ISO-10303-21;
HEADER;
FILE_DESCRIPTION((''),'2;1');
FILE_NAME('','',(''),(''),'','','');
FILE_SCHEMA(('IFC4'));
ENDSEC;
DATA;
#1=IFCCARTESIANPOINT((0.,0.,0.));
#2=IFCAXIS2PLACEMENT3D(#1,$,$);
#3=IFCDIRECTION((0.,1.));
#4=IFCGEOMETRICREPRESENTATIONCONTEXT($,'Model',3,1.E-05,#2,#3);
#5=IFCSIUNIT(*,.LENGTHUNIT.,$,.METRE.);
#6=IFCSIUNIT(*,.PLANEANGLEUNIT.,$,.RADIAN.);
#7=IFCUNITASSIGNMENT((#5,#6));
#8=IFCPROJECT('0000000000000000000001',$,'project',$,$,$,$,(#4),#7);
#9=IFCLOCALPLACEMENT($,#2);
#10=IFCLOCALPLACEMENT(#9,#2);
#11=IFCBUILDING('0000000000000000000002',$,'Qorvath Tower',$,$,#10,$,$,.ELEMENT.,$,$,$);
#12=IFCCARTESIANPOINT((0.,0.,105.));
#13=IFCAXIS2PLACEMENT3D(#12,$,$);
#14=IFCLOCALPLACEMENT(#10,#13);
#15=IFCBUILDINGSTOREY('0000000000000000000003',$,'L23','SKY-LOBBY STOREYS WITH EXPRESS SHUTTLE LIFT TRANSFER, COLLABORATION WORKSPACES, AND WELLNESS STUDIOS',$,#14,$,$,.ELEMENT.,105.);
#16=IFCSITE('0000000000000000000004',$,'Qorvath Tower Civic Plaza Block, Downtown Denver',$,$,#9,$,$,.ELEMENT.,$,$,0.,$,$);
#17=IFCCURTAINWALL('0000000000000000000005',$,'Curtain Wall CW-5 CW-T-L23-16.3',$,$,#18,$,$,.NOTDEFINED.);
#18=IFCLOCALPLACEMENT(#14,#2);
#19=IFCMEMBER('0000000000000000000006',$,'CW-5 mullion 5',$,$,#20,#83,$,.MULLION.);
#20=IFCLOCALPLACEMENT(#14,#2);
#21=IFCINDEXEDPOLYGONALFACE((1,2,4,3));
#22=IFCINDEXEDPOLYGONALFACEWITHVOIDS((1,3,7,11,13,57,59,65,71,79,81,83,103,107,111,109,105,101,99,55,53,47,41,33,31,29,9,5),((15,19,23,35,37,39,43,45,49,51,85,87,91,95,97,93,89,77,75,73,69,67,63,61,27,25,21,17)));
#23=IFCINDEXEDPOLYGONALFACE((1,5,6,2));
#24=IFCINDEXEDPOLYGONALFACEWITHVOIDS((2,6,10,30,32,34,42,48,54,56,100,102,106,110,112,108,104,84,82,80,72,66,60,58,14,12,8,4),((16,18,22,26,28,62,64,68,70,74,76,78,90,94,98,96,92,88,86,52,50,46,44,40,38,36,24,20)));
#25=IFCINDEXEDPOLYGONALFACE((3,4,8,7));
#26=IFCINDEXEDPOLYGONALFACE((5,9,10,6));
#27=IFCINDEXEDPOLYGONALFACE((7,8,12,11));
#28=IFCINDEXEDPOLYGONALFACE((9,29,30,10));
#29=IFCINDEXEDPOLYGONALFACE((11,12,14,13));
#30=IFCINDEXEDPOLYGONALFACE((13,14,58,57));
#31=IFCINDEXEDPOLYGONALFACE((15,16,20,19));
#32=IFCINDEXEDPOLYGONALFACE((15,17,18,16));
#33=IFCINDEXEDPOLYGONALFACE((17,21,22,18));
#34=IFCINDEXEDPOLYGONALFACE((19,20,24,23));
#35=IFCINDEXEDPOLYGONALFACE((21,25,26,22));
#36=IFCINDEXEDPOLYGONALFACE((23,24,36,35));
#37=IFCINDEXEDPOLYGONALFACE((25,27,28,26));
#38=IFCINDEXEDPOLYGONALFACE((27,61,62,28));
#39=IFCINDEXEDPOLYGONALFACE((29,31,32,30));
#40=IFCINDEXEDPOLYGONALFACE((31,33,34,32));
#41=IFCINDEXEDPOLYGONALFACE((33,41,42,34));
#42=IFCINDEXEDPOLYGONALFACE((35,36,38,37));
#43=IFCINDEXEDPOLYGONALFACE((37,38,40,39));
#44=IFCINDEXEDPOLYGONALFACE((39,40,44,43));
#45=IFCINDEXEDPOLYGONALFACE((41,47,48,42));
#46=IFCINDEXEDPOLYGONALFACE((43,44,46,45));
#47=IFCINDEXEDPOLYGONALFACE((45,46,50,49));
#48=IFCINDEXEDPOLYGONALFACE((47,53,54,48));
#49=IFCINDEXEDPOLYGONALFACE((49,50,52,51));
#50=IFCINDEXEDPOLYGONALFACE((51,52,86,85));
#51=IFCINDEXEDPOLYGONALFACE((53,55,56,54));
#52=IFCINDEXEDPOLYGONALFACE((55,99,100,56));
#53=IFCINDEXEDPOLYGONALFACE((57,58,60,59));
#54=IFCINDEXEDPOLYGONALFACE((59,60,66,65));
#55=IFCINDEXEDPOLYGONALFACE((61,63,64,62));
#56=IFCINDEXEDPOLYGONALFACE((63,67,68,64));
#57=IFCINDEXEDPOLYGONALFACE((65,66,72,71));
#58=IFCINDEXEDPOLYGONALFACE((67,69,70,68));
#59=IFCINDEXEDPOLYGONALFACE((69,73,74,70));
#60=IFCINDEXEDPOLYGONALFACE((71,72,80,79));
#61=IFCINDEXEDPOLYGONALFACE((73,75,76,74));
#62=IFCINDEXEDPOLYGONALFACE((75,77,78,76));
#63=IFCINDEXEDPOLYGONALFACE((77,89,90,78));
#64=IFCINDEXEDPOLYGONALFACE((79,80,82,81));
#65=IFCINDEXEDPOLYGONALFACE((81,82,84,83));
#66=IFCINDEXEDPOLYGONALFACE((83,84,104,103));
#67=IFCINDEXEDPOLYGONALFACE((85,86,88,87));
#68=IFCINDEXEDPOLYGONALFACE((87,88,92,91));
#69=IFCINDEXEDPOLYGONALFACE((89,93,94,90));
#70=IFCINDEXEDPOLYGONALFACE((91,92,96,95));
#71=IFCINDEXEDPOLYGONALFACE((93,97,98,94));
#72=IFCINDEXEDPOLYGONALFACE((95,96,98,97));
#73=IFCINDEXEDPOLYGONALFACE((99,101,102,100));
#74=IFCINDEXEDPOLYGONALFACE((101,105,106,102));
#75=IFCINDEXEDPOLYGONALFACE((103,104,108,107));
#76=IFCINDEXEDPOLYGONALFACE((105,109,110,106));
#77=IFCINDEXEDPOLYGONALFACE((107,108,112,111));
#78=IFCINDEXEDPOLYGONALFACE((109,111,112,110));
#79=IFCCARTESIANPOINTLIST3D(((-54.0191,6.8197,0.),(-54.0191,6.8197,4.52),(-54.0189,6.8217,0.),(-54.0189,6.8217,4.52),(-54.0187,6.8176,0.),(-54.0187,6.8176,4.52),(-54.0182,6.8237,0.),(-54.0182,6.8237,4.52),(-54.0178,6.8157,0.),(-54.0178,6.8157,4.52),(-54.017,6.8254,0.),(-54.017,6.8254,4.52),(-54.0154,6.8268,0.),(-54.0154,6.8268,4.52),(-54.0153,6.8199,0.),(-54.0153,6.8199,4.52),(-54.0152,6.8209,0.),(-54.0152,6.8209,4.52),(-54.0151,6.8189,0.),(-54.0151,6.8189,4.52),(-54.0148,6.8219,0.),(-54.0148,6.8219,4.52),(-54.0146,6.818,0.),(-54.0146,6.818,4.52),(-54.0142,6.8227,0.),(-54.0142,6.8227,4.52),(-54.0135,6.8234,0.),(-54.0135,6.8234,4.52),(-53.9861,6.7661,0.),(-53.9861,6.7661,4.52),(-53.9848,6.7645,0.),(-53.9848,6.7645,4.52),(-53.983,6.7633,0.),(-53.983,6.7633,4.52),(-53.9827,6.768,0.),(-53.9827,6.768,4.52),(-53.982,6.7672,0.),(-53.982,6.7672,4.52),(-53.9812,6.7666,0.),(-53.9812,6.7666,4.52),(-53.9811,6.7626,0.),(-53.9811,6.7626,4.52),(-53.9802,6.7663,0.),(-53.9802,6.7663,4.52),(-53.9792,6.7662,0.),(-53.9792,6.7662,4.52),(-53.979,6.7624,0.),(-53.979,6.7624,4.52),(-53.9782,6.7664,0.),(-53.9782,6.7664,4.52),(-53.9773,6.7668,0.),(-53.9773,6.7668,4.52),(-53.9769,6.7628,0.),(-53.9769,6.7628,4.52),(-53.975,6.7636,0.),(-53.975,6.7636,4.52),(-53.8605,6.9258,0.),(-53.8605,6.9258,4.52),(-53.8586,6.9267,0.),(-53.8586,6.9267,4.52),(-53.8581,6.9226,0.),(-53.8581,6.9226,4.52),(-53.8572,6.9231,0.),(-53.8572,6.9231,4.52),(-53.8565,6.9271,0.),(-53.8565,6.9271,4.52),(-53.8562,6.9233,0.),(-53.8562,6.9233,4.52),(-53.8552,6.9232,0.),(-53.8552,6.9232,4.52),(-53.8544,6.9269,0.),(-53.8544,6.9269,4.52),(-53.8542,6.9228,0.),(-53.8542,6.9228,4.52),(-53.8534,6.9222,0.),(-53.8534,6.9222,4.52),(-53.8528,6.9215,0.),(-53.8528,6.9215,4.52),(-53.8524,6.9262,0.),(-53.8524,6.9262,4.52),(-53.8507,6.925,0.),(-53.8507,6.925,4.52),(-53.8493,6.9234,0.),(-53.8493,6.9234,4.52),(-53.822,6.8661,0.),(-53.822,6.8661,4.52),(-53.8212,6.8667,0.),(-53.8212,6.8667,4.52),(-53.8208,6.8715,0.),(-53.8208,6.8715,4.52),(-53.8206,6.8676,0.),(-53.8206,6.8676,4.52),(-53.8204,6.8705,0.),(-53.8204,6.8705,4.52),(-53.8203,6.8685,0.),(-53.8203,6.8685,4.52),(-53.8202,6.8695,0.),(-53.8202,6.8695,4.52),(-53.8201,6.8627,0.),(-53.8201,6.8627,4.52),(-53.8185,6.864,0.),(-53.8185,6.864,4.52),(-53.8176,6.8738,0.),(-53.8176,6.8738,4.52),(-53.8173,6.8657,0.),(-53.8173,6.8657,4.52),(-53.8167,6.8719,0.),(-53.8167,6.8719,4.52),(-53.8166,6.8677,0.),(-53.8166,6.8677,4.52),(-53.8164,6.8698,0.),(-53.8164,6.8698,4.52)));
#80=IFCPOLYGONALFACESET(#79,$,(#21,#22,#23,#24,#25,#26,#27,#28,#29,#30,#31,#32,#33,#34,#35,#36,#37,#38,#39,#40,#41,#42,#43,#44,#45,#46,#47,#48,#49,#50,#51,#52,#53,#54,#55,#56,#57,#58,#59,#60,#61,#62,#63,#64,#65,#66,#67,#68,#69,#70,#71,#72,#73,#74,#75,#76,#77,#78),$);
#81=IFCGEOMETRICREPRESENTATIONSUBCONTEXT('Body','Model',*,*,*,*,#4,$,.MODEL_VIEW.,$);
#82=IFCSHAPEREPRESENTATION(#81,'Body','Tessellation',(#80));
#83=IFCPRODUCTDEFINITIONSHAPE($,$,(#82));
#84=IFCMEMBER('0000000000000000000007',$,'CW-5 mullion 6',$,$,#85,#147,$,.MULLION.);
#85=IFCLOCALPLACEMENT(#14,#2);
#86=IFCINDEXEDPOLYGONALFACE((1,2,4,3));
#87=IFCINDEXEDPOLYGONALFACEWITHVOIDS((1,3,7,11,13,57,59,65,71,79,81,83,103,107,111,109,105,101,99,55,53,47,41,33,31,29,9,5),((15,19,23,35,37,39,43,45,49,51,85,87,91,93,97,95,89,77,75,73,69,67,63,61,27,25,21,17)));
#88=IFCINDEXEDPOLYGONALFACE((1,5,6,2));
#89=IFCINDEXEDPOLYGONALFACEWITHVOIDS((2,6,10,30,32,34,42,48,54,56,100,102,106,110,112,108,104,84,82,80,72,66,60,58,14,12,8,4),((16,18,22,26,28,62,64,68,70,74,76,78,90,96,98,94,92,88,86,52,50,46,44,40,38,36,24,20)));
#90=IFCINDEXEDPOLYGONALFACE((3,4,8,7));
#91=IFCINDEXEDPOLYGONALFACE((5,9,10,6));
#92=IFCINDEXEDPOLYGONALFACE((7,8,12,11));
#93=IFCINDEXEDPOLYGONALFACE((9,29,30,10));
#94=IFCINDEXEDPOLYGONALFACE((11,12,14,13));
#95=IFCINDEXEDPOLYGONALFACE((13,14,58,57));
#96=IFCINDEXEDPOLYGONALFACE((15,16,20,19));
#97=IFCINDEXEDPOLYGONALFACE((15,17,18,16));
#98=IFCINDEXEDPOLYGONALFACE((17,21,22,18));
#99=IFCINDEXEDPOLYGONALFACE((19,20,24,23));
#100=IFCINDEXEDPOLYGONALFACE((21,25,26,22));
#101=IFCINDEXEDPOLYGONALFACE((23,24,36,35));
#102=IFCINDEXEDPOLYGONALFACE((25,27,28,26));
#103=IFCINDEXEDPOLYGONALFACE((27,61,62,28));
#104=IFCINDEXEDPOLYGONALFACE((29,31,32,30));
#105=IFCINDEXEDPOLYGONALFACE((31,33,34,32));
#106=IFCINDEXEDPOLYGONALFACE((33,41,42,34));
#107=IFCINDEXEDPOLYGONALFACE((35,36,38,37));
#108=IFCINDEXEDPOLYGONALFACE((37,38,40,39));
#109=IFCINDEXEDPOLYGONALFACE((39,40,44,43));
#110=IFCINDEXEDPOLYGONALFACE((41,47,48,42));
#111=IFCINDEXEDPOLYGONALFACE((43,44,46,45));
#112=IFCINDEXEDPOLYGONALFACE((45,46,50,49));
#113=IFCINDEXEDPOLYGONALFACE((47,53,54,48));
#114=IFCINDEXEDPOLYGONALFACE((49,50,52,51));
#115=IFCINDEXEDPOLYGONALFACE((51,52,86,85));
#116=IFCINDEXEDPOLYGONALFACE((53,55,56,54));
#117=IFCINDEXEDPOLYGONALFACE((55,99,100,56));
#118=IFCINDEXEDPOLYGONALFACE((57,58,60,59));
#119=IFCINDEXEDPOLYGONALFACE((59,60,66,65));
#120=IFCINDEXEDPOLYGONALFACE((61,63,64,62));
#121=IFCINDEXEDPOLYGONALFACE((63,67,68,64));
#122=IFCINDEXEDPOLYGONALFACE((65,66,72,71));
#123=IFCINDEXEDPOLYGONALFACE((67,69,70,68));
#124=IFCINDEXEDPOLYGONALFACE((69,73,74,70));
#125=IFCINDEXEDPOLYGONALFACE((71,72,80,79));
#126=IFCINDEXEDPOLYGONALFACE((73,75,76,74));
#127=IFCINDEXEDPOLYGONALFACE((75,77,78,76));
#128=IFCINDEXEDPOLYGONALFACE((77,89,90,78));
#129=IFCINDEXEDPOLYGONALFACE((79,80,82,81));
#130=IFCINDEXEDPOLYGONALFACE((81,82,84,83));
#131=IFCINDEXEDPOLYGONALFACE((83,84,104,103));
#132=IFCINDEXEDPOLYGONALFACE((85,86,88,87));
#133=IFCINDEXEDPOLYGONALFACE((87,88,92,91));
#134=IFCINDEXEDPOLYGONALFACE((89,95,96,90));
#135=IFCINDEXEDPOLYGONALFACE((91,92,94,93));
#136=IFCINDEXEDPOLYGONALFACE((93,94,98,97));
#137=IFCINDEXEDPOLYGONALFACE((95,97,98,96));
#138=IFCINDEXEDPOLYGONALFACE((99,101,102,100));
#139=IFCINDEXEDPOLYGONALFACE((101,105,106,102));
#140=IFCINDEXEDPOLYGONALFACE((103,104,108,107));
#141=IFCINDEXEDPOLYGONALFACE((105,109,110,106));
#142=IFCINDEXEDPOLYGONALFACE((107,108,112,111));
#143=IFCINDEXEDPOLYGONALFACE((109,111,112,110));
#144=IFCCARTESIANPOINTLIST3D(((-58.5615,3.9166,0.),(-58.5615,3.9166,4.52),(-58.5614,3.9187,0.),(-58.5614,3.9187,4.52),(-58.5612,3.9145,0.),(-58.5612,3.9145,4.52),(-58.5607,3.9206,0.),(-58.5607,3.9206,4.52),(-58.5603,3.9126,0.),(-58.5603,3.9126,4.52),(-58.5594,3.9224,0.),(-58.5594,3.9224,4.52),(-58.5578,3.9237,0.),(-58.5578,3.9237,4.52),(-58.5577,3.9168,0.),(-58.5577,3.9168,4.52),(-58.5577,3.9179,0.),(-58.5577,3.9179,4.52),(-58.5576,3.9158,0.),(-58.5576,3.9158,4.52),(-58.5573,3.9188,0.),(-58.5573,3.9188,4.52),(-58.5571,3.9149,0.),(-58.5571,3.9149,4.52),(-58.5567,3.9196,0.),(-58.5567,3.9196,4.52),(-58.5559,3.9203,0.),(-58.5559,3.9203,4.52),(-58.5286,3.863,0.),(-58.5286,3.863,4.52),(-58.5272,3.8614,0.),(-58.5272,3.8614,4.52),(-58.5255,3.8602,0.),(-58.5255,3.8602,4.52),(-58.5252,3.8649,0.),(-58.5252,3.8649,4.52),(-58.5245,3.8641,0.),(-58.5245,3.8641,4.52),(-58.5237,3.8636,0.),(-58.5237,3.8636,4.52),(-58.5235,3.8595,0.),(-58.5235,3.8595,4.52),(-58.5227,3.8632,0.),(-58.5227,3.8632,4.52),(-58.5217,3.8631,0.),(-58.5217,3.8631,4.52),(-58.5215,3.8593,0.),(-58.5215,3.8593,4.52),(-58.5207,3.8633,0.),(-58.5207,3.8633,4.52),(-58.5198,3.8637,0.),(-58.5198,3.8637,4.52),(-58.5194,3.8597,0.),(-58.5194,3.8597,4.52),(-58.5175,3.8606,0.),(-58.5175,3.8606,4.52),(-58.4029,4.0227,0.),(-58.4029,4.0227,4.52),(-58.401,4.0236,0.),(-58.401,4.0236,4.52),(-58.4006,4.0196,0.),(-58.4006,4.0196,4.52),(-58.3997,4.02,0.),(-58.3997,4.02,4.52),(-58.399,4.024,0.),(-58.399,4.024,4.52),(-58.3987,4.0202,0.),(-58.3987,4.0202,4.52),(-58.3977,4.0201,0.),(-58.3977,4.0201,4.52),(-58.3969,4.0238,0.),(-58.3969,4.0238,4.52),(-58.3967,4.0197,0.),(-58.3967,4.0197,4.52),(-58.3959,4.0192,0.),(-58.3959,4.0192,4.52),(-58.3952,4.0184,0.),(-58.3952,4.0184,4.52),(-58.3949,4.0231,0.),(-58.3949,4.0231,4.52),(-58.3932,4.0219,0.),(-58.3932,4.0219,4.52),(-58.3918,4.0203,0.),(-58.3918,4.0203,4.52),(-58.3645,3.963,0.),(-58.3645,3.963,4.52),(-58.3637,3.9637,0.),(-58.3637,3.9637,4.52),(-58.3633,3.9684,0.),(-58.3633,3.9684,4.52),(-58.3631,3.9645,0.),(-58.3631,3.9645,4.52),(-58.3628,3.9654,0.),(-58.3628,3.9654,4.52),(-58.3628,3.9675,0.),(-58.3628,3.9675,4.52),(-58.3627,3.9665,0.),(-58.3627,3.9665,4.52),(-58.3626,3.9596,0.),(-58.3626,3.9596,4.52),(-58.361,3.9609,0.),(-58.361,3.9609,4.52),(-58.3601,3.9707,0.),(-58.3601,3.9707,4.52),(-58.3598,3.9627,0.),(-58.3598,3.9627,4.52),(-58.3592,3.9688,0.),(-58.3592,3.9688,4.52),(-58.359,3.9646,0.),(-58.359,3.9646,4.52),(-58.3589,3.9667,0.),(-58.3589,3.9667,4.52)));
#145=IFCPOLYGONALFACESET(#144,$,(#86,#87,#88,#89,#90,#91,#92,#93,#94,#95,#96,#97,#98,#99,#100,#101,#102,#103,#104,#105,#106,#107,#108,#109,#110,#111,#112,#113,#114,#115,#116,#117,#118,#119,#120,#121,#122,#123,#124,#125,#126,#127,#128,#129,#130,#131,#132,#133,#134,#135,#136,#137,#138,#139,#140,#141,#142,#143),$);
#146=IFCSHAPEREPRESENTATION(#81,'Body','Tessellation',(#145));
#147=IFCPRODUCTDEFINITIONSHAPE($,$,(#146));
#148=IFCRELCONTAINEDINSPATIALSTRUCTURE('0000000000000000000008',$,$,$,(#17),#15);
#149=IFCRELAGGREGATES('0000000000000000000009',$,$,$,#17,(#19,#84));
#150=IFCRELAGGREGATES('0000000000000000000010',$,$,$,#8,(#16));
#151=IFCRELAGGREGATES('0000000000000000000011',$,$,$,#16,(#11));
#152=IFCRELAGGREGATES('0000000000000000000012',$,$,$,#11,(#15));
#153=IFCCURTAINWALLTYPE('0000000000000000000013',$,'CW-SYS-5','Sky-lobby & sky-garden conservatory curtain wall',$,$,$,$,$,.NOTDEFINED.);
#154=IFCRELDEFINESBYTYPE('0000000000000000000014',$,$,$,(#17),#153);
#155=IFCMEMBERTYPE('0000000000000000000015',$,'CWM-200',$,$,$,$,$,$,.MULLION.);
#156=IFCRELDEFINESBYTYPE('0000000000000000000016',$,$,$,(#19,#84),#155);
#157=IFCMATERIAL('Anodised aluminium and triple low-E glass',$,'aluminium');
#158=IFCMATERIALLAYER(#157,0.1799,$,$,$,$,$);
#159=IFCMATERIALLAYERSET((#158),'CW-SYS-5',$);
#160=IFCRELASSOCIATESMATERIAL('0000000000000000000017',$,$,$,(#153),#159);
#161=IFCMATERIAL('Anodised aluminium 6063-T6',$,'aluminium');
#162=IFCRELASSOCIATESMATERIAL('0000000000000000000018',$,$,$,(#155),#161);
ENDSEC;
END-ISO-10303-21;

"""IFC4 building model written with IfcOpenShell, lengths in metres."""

from ifc_helpers import new_model, si_unit, direction, frame, origin, origin_2d, place, context, subcontext, project, spatial, hollow_rectangle, extrude, material, layer, layer_set, material_profile, profile_set, type_object, element, aggregate, save


model = new_model("IFC4")

# Units and contexts
model_context = context("Model", 3, precision=1e-05, world=origin(), true_north=direction((0.0, 1.0)))
body_context = subcontext(model_context, "Body", "Model", "MODEL_VIEW")
ifc_project = project(units=[si_unit("LENGTHUNIT", "METRE"), si_unit("PLANEANGLEUNIT", "RADIAN")], contexts=[model_context])

# Site, building, storey
site_placement = place(None, origin())
site = spatial("IfcSite", under=ifc_project, at=site_placement, Name="Qorvath Tower Civic Plaza Block, Downtown Denver", CompositionType="ELEMENT", RefElevation=0.0)
building_placement = place(site_placement, origin())
building = spatial("IfcBuilding", under=site, at=building_placement, Name="Qorvath Tower", CompositionType="ELEMENT")
storey_placement = place(building_placement, frame((0.0, 0.0, 105.0)))
storey = spatial("IfcBuildingStorey", under=building, at=storey_placement, Name="L23", Description="SKY-LOBBY STOREYS WITH EXPRESS SHUTTLE LIFT TRANSFER, COLLABORATION WORKSPACES, AND WELLNESS STUDIOS", CompositionType="ELEMENT", Elevation=105.0)

# Curtain wall, members
ifc_material_1 = material(Name="Anodised aluminium and triple low-E glass", Category="aluminium")
ifc_layer_1 = layer(ifc_material_1, 0.1799)
ifc_layer_set_1 = layer_set([ifc_layer_1], Name="CW-SYS-5")
curtain_wall_type = type_object("IfcCurtainWallType", Name="CW-SYS-5", Description="Sky-lobby & sky-garden conservatory curtain wall", PredefinedType="NOTDEFINED", material=ifc_layer_set_1)
curtain_wall_placement = place(storey_placement, origin())
curtain_wall = element("IfcCurtainWall", 1, at=curtain_wall_placement, inside=storey, type_object=curtain_wall_type, Name="Curtain Wall CW-5 CW-T-L23-16.3", PredefinedType="NOTDEFINED")
ifc_material_2 = material(Name="Anodised aluminium 6063-T6", Category="aluminium")
ifc_material_profile_1 = material_profile(ifc_material_2, hollow_rectangle(XDim=0.075, YDim=0.2, WallThickness=0.0039, InnerFilletRadius=0.0039, OuterFilletRadius=0.0081, at=origin_2d()), Name="CWM 200x75")
ifc_profile_set_1 = profile_set([ifc_material_profile_1], Name="Anodised aluminium 6063-T6")
member_type_1 = type_object("IfcMemberType", Name="CWM-200", PredefinedType="MULLION", material=ifc_profile_set_1)
member_1_placement = place(storey_placement, frame((-53.9177, 6.8447, 0.0), z_axis=(0.0, 0.0, 1.0), x_axis=(0.538532, -0.842605, 0.0)))
member_1 = element("IfcMember", 2, at=member_1_placement, type_object=member_type_1, Name="CW-5 mullion 5", PredefinedType="MULLION", context=body_context, shape_type="SweptSolid", body=[
    extrude(hollow_rectangle(XDim=0.075, YDim=0.2, WallThickness=0.0039, InnerFilletRadius=0.0039, OuterFilletRadius=0.0081, at=origin_2d()), origin(), (0.0, 0.0, 1.0), 4.52),
])
member_2_placement = place(storey_placement, frame((-58.4602, 3.9417, 0.0), z_axis=(0.0, 0.0, 1.0), x_axis=(0.538532, -0.842605, 0.0)))
member_2 = element("IfcMember", 3, at=member_2_placement, type_object=member_type_1, Name="CW-5 mullion 6", PredefinedType="MULLION", context=body_context, shape_type="SweptSolid", body=[
    extrude(hollow_rectangle(XDim=0.075, YDim=0.2, WallThickness=0.0039, InnerFilletRadius=0.0039, OuterFilletRadius=0.0081, at=origin_2d()), origin(), (0.0, 0.0, 1.0), 4.52),
])
aggregate(curtain_wall, [member_1, member_2])

save(model, "model.ifc")
